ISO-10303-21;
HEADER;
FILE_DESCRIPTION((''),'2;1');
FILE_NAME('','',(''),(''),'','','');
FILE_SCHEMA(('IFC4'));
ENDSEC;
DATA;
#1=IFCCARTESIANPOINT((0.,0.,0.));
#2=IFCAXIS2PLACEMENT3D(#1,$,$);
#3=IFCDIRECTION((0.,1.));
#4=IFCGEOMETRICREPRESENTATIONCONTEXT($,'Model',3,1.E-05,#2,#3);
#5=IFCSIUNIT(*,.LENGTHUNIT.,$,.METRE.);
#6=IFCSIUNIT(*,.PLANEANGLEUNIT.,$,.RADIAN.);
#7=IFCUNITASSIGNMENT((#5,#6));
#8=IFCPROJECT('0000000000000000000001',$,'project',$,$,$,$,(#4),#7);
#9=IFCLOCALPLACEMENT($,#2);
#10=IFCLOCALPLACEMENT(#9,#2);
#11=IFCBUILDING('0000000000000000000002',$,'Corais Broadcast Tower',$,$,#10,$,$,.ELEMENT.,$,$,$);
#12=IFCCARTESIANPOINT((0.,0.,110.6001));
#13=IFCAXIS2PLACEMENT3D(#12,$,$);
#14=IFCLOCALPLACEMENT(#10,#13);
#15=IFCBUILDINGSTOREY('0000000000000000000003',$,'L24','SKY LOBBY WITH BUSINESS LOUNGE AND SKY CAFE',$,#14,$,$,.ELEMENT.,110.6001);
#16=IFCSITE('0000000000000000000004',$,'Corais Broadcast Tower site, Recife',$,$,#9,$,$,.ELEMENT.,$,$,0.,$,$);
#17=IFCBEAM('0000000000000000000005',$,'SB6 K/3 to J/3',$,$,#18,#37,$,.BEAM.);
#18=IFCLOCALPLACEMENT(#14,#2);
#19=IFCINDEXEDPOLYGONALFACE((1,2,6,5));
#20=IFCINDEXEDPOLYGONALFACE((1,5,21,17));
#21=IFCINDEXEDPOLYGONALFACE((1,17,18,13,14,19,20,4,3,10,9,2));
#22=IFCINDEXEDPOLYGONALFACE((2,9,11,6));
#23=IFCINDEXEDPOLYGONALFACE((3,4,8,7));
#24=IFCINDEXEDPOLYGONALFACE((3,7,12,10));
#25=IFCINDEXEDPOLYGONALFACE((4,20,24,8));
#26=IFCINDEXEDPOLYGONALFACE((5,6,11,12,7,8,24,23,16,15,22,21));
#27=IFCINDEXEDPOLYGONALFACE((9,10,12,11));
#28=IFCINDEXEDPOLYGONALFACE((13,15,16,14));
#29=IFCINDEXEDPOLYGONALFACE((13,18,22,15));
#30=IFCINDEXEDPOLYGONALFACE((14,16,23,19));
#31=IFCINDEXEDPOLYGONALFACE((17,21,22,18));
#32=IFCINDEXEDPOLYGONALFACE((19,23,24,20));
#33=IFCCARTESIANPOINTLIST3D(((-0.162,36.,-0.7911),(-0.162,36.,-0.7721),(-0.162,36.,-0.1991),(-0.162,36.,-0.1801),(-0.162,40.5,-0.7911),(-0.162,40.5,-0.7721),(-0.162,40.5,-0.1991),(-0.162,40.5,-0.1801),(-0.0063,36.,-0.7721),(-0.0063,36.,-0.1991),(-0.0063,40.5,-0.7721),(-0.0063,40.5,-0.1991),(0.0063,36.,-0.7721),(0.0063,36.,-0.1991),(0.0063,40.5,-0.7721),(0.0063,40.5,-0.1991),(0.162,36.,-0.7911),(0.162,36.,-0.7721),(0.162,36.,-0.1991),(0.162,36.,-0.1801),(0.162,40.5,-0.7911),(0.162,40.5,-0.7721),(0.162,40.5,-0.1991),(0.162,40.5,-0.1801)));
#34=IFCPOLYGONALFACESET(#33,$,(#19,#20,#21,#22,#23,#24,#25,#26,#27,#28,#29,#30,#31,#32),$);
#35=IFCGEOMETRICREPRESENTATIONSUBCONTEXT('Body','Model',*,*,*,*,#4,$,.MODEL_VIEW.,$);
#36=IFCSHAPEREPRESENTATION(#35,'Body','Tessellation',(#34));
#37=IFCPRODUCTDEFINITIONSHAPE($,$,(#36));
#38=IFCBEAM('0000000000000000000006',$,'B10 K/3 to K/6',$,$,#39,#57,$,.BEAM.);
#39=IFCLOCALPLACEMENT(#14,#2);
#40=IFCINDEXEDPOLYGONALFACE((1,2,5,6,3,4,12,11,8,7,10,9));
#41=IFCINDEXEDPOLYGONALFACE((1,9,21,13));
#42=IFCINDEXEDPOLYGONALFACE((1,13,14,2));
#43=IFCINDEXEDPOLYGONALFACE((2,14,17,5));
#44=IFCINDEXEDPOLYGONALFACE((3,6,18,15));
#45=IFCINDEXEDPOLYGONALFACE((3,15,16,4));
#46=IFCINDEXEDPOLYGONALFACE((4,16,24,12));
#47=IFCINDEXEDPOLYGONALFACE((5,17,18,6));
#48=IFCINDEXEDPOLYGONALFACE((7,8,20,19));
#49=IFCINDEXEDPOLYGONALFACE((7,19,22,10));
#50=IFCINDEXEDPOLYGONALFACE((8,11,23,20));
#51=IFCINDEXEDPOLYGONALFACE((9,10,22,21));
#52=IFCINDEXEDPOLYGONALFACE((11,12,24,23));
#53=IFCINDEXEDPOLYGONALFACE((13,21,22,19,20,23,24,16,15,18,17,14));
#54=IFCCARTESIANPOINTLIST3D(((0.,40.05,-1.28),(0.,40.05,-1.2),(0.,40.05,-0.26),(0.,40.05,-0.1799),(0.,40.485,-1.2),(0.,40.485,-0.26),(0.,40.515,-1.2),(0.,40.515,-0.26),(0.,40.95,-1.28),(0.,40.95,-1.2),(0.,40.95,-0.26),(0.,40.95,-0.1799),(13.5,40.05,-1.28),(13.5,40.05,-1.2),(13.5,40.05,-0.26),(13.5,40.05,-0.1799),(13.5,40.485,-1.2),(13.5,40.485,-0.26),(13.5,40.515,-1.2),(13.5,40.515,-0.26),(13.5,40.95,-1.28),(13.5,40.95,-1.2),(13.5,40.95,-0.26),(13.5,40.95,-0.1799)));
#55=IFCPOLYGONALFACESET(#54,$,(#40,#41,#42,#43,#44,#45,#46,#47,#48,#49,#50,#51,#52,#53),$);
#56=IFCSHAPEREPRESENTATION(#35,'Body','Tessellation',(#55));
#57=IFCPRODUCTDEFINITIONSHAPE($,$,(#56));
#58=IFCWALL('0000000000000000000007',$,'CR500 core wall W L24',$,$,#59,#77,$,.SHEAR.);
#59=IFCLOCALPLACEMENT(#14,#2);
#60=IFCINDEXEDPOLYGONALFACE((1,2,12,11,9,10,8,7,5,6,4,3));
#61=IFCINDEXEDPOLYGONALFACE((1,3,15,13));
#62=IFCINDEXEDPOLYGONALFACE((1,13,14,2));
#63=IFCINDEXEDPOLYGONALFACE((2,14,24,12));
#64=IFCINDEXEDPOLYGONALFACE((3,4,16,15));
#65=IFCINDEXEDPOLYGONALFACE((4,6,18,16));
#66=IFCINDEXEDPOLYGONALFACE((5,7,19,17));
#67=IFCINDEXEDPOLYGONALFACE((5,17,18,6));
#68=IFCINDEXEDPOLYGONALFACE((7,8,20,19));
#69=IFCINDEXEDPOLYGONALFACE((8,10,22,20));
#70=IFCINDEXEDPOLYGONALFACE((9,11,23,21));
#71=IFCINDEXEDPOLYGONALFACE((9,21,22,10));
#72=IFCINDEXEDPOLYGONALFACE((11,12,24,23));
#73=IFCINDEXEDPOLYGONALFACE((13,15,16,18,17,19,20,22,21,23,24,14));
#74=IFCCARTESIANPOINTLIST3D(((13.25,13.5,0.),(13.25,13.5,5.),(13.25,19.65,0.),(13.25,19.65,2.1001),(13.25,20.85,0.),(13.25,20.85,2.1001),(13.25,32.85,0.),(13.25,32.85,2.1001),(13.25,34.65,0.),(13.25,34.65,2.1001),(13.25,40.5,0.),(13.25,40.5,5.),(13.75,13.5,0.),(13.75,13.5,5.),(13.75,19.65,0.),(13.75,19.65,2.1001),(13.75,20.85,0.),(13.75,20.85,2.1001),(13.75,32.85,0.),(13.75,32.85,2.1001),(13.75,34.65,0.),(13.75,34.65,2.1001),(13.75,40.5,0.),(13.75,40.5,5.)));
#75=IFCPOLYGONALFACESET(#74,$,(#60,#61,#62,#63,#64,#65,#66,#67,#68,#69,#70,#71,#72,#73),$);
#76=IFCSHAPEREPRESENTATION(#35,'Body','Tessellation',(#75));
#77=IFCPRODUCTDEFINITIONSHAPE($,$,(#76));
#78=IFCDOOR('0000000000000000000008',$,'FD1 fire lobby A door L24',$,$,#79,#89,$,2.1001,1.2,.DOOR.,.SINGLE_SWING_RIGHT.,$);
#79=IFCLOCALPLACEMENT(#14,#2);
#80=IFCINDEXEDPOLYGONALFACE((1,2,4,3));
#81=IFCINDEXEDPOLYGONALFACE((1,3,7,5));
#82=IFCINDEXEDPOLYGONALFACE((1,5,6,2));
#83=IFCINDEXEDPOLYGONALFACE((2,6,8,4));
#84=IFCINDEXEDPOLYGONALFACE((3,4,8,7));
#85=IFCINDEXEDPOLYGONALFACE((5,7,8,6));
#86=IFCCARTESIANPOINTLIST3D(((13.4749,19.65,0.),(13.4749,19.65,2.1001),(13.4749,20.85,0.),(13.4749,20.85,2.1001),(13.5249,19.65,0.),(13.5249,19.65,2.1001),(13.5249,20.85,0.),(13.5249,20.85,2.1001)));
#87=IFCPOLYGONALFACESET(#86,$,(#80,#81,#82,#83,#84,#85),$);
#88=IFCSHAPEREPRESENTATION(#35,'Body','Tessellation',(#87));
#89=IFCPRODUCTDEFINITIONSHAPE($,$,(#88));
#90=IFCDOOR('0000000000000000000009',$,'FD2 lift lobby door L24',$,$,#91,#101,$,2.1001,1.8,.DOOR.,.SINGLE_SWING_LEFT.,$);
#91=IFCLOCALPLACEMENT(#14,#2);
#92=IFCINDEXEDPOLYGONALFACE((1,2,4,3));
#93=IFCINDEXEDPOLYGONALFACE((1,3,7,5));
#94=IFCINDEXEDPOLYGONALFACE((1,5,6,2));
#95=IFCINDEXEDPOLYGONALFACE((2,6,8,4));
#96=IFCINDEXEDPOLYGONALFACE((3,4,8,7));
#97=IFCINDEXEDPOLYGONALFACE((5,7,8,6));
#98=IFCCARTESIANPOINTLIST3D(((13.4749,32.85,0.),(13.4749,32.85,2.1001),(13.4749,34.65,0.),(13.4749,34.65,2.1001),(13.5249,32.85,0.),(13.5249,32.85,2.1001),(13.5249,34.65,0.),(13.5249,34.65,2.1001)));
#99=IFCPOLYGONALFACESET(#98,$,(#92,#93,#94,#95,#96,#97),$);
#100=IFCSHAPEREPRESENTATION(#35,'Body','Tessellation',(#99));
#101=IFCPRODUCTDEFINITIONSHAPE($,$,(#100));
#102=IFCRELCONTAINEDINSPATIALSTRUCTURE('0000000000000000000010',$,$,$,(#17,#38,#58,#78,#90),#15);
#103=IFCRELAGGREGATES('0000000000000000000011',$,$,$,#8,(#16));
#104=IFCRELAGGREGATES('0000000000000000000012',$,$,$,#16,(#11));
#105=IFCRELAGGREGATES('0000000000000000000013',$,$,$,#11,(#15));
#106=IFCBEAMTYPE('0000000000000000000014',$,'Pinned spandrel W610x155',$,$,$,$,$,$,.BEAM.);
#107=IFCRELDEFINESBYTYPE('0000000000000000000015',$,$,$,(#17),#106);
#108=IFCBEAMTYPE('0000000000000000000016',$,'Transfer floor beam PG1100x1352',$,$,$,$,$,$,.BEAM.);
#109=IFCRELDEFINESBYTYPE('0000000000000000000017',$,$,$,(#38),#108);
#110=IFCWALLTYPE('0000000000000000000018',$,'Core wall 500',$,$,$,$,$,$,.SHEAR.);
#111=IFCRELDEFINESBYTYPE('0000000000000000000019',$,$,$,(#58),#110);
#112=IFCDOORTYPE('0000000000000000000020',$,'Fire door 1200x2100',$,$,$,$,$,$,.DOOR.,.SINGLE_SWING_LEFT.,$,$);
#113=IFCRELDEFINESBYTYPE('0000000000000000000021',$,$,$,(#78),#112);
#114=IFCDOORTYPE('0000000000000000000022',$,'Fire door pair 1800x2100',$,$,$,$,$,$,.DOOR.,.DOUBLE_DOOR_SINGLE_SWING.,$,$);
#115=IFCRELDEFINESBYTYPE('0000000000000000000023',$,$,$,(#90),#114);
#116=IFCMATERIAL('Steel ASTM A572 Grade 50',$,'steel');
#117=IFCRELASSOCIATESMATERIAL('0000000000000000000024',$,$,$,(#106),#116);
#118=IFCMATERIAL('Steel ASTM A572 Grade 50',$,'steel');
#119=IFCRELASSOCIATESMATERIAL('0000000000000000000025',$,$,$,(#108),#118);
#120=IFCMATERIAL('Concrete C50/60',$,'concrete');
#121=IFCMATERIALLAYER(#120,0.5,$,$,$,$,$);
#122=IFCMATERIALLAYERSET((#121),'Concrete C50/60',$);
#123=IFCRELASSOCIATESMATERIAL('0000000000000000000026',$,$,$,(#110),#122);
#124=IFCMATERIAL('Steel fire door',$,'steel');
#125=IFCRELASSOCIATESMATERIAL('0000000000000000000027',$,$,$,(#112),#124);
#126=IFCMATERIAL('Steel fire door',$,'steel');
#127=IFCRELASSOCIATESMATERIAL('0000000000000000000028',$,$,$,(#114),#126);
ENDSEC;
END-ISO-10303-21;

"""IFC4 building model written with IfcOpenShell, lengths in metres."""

from ifc_helpers import new_model, si_unit, direction, frame, frame_2d, origin, origin_2d, place, context, subcontext, project, spatial, rectangle, i_section, extrude, material, layer, layer_set, material_profile, profile_set, type_object, element, fill, save


model = new_model("IFC4")

# Units and contexts
model_context = context("Model", 3, precision=1e-05, world=origin(), true_north=direction((0.0, 1.0)))
body_context = subcontext(model_context, "Body", "Model", "MODEL_VIEW")
ifc_project = project(units=[si_unit("LENGTHUNIT", "METRE"), si_unit("PLANEANGLEUNIT", "RADIAN")], contexts=[model_context])

# Site, building, storey
site_placement = place(None, origin())
site = spatial("IfcSite", under=ifc_project, at=site_placement, Name="Corais Broadcast Tower site, Recife", CompositionType="ELEMENT", RefElevation=0.0)
building_placement = place(site_placement, origin())
building = spatial("IfcBuilding", under=site, at=building_placement, Name="Corais Broadcast Tower", CompositionType="ELEMENT")
storey_placement = place(building_placement, frame((0.0, 0.0, 110.6001)))
storey = spatial("IfcBuildingStorey", under=building, at=storey_placement, Name="L24", Description="SKY LOBBY WITH BUSINESS LOUNGE AND SKY CAFE", CompositionType="ELEMENT", Elevation=110.6001)

# Beams
ifc_material_1 = material(Name="Steel ASTM A572 Grade 50", Category="steel")
ifc_material_profile_1 = material_profile(ifc_material_1, i_section(OverallWidth=0.324, OverallDepth=0.6111, WebThickness=0.0127, FlangeThickness=0.019, at=origin_2d()), Name="W610x155")
ifc_profile_set_1 = profile_set([ifc_material_profile_1], Name="Steel ASTM A572 Grade 50")
beam_type_1 = type_object("IfcBeamType", Name="Pinned spandrel W610x155", PredefinedType="BEAM", material=ifc_profile_set_1)
beam_1_placement = place(storey_placement, frame((0.0, 40.5, -0.4856), z_axis=(0.0, -1.0, 0.0), x_axis=(1.0, 0.0, 0.0)))
element("IfcBeam", 1, at=beam_1_placement, inside=storey, type_object=beam_type_1, Name="SB6 K/3 to J/3", PredefinedType="BEAM", context=body_context, shape_type="SweptSolid", body=[
    extrude(i_section(OverallWidth=0.324, OverallDepth=0.6111, WebThickness=0.0127, FlangeThickness=0.019, at=origin_2d()), origin(), (0.0, 0.0, 1.0), 4.5),
])
ifc_material_2 = material(Name="Steel ASTM A572 Grade 50", Category="steel")
ifc_material_profile_2 = material_profile(ifc_material_2, i_section(OverallWidth=0.8999, OverallDepth=1.1001, WebThickness=0.03, FlangeThickness=0.0801, at=origin_2d()), Name="PG1100x1352")
ifc_profile_set_2 = profile_set([ifc_material_profile_2], Name="Steel ASTM A572 Grade 50")
beam_type_2 = type_object("IfcBeamType", Name="Transfer floor beam PG1100x1352", PredefinedType="BEAM", material=ifc_profile_set_2)
beam_2_placement = place(storey_placement, frame((0.0, 40.5, -0.73), z_axis=(1.0, 0.0, 0.0), x_axis=(0.0, 1.0, 0.0)))
element("IfcBeam", 2, at=beam_2_placement, inside=storey, type_object=beam_type_2, Name="B10 K/3 to K/6", PredefinedType="BEAM", context=body_context, shape_type="SweptSolid", body=[
    extrude(i_section(OverallWidth=0.8999, OverallDepth=1.1001, WebThickness=0.03, FlangeThickness=0.0801, at=origin_2d()), origin(), (0.0, 0.0, 1.0), 13.5),
])

# Wall, openings, doors
ifc_material_3 = material(Name="Concrete C50/60", Category="concrete")
ifc_layer_1 = layer(ifc_material_3, 0.5)
ifc_layer_set_1 = layer_set([ifc_layer_1], Name="Concrete C50/60")
wall_type_1 = type_object("IfcWallType", Name="Core wall 500", PredefinedType="SHEAR", material=ifc_layer_set_1)
wall_1_placement = place(storey_placement, frame((13.5, 40.5, 0.0), z_axis=(0.0, 0.0, 1.0), x_axis=(0.0, -1.0, 0.0)))
wall_1 = element("IfcWall", 3, at=wall_1_placement, inside=storey, type_object=wall_type_1, Name="CR500 core wall W L24", PredefinedType="SHEAR", context=body_context, shape_type="SweptSolid", body=[
    extrude(rectangle(XDim=27.0, YDim=0.5, at=frame_2d((13.5, 0.0))), origin(), (0.0, 0.0, 1.0), 5.0),
])
opening_1_placement = place(wall_1_placement, frame((19.6499, 0.0, 0.0)))
opening_1 = element("IfcOpeningElement", 4, at=opening_1_placement, cuts=wall_1, PredefinedType="OPENING", context=body_context, shape_type="SweptSolid", body=[
    extrude(rectangle(XDim=1.2, YDim=2.1001, at=frame_2d((0.6001, 1.05))), frame((0.0, 0.26, 0.0), z_axis=(0.0, -1.0, 0.0), x_axis=(1.0, 0.0, 0.0)), (0.0, 0.0, 1.0), 0.52),
])
opening_2_placement = place(wall_1_placement, frame((5.8501, 0.0, 0.0)))
opening_2 = element("IfcOpeningElement", 5, at=opening_2_placement, cuts=wall_1, PredefinedType="OPENING", context=body_context, shape_type="SweptSolid", body=[
    extrude(rectangle(XDim=1.8, YDim=2.1001, at=frame_2d((0.8999, 1.05))), frame((0.0, 0.26, 0.0), z_axis=(0.0, -1.0, 0.0), x_axis=(1.0, 0.0, 0.0)), (0.0, 0.0, 1.0), 0.52),
])
ifc_material_4 = material(Name="Steel fire door", Category="steel")
door_type_1 = type_object("IfcDoorType", Name="Fire door 1200x2100", OperationType="SINGLE_SWING_LEFT", PredefinedType="DOOR", material=ifc_material_4)
door_1_placement = place(opening_1_placement, origin())
door_1 = element("IfcDoor", 6, at=door_1_placement, inside=storey, type_object=door_type_1, Name="FD1 fire lobby A door L24", OperationType="SINGLE_SWING_RIGHT", OverallHeight=2.1001, OverallWidth=1.2, PredefinedType="DOOR", context=body_context, shape_type="SweptSolid", body=[
    extrude(rectangle(XDim=1.2, YDim=2.1001, at=frame_2d((0.6001, 1.05))), frame((0.0, 0.0249, 0.0), z_axis=(0.0, -1.0, 0.0), x_axis=(1.0, 0.0, 0.0)), (0.0, 0.0, 1.0), 0.05),
])
fill(opening_1, door_1)
ifc_material_5 = material(Name="Steel fire door", Category="steel")
door_type_2 = type_object("IfcDoorType", Name="Fire door pair 1800x2100", OperationType="DOUBLE_DOOR_SINGLE_SWING", PredefinedType="DOOR", material=ifc_material_5)
door_2_placement = place(opening_2_placement, origin())
door_2 = element("IfcDoor", 7, at=door_2_placement, inside=storey, type_object=door_type_2, Name="FD2 lift lobby door L24", OperationType="SINGLE_SWING_LEFT", OverallHeight=2.1001, OverallWidth=1.8, PredefinedType="DOOR", context=body_context, shape_type="SweptSolid", body=[
    extrude(rectangle(XDim=1.8, YDim=2.1001, at=frame_2d((0.8999, 1.05))), frame((0.0, 0.0249, 0.0), z_axis=(0.0, -1.0, 0.0), x_axis=(1.0, 0.0, 0.0)), (0.0, 0.0, 1.0), 0.05),
])
fill(opening_2, door_2)

save(model, "model.ifc")
